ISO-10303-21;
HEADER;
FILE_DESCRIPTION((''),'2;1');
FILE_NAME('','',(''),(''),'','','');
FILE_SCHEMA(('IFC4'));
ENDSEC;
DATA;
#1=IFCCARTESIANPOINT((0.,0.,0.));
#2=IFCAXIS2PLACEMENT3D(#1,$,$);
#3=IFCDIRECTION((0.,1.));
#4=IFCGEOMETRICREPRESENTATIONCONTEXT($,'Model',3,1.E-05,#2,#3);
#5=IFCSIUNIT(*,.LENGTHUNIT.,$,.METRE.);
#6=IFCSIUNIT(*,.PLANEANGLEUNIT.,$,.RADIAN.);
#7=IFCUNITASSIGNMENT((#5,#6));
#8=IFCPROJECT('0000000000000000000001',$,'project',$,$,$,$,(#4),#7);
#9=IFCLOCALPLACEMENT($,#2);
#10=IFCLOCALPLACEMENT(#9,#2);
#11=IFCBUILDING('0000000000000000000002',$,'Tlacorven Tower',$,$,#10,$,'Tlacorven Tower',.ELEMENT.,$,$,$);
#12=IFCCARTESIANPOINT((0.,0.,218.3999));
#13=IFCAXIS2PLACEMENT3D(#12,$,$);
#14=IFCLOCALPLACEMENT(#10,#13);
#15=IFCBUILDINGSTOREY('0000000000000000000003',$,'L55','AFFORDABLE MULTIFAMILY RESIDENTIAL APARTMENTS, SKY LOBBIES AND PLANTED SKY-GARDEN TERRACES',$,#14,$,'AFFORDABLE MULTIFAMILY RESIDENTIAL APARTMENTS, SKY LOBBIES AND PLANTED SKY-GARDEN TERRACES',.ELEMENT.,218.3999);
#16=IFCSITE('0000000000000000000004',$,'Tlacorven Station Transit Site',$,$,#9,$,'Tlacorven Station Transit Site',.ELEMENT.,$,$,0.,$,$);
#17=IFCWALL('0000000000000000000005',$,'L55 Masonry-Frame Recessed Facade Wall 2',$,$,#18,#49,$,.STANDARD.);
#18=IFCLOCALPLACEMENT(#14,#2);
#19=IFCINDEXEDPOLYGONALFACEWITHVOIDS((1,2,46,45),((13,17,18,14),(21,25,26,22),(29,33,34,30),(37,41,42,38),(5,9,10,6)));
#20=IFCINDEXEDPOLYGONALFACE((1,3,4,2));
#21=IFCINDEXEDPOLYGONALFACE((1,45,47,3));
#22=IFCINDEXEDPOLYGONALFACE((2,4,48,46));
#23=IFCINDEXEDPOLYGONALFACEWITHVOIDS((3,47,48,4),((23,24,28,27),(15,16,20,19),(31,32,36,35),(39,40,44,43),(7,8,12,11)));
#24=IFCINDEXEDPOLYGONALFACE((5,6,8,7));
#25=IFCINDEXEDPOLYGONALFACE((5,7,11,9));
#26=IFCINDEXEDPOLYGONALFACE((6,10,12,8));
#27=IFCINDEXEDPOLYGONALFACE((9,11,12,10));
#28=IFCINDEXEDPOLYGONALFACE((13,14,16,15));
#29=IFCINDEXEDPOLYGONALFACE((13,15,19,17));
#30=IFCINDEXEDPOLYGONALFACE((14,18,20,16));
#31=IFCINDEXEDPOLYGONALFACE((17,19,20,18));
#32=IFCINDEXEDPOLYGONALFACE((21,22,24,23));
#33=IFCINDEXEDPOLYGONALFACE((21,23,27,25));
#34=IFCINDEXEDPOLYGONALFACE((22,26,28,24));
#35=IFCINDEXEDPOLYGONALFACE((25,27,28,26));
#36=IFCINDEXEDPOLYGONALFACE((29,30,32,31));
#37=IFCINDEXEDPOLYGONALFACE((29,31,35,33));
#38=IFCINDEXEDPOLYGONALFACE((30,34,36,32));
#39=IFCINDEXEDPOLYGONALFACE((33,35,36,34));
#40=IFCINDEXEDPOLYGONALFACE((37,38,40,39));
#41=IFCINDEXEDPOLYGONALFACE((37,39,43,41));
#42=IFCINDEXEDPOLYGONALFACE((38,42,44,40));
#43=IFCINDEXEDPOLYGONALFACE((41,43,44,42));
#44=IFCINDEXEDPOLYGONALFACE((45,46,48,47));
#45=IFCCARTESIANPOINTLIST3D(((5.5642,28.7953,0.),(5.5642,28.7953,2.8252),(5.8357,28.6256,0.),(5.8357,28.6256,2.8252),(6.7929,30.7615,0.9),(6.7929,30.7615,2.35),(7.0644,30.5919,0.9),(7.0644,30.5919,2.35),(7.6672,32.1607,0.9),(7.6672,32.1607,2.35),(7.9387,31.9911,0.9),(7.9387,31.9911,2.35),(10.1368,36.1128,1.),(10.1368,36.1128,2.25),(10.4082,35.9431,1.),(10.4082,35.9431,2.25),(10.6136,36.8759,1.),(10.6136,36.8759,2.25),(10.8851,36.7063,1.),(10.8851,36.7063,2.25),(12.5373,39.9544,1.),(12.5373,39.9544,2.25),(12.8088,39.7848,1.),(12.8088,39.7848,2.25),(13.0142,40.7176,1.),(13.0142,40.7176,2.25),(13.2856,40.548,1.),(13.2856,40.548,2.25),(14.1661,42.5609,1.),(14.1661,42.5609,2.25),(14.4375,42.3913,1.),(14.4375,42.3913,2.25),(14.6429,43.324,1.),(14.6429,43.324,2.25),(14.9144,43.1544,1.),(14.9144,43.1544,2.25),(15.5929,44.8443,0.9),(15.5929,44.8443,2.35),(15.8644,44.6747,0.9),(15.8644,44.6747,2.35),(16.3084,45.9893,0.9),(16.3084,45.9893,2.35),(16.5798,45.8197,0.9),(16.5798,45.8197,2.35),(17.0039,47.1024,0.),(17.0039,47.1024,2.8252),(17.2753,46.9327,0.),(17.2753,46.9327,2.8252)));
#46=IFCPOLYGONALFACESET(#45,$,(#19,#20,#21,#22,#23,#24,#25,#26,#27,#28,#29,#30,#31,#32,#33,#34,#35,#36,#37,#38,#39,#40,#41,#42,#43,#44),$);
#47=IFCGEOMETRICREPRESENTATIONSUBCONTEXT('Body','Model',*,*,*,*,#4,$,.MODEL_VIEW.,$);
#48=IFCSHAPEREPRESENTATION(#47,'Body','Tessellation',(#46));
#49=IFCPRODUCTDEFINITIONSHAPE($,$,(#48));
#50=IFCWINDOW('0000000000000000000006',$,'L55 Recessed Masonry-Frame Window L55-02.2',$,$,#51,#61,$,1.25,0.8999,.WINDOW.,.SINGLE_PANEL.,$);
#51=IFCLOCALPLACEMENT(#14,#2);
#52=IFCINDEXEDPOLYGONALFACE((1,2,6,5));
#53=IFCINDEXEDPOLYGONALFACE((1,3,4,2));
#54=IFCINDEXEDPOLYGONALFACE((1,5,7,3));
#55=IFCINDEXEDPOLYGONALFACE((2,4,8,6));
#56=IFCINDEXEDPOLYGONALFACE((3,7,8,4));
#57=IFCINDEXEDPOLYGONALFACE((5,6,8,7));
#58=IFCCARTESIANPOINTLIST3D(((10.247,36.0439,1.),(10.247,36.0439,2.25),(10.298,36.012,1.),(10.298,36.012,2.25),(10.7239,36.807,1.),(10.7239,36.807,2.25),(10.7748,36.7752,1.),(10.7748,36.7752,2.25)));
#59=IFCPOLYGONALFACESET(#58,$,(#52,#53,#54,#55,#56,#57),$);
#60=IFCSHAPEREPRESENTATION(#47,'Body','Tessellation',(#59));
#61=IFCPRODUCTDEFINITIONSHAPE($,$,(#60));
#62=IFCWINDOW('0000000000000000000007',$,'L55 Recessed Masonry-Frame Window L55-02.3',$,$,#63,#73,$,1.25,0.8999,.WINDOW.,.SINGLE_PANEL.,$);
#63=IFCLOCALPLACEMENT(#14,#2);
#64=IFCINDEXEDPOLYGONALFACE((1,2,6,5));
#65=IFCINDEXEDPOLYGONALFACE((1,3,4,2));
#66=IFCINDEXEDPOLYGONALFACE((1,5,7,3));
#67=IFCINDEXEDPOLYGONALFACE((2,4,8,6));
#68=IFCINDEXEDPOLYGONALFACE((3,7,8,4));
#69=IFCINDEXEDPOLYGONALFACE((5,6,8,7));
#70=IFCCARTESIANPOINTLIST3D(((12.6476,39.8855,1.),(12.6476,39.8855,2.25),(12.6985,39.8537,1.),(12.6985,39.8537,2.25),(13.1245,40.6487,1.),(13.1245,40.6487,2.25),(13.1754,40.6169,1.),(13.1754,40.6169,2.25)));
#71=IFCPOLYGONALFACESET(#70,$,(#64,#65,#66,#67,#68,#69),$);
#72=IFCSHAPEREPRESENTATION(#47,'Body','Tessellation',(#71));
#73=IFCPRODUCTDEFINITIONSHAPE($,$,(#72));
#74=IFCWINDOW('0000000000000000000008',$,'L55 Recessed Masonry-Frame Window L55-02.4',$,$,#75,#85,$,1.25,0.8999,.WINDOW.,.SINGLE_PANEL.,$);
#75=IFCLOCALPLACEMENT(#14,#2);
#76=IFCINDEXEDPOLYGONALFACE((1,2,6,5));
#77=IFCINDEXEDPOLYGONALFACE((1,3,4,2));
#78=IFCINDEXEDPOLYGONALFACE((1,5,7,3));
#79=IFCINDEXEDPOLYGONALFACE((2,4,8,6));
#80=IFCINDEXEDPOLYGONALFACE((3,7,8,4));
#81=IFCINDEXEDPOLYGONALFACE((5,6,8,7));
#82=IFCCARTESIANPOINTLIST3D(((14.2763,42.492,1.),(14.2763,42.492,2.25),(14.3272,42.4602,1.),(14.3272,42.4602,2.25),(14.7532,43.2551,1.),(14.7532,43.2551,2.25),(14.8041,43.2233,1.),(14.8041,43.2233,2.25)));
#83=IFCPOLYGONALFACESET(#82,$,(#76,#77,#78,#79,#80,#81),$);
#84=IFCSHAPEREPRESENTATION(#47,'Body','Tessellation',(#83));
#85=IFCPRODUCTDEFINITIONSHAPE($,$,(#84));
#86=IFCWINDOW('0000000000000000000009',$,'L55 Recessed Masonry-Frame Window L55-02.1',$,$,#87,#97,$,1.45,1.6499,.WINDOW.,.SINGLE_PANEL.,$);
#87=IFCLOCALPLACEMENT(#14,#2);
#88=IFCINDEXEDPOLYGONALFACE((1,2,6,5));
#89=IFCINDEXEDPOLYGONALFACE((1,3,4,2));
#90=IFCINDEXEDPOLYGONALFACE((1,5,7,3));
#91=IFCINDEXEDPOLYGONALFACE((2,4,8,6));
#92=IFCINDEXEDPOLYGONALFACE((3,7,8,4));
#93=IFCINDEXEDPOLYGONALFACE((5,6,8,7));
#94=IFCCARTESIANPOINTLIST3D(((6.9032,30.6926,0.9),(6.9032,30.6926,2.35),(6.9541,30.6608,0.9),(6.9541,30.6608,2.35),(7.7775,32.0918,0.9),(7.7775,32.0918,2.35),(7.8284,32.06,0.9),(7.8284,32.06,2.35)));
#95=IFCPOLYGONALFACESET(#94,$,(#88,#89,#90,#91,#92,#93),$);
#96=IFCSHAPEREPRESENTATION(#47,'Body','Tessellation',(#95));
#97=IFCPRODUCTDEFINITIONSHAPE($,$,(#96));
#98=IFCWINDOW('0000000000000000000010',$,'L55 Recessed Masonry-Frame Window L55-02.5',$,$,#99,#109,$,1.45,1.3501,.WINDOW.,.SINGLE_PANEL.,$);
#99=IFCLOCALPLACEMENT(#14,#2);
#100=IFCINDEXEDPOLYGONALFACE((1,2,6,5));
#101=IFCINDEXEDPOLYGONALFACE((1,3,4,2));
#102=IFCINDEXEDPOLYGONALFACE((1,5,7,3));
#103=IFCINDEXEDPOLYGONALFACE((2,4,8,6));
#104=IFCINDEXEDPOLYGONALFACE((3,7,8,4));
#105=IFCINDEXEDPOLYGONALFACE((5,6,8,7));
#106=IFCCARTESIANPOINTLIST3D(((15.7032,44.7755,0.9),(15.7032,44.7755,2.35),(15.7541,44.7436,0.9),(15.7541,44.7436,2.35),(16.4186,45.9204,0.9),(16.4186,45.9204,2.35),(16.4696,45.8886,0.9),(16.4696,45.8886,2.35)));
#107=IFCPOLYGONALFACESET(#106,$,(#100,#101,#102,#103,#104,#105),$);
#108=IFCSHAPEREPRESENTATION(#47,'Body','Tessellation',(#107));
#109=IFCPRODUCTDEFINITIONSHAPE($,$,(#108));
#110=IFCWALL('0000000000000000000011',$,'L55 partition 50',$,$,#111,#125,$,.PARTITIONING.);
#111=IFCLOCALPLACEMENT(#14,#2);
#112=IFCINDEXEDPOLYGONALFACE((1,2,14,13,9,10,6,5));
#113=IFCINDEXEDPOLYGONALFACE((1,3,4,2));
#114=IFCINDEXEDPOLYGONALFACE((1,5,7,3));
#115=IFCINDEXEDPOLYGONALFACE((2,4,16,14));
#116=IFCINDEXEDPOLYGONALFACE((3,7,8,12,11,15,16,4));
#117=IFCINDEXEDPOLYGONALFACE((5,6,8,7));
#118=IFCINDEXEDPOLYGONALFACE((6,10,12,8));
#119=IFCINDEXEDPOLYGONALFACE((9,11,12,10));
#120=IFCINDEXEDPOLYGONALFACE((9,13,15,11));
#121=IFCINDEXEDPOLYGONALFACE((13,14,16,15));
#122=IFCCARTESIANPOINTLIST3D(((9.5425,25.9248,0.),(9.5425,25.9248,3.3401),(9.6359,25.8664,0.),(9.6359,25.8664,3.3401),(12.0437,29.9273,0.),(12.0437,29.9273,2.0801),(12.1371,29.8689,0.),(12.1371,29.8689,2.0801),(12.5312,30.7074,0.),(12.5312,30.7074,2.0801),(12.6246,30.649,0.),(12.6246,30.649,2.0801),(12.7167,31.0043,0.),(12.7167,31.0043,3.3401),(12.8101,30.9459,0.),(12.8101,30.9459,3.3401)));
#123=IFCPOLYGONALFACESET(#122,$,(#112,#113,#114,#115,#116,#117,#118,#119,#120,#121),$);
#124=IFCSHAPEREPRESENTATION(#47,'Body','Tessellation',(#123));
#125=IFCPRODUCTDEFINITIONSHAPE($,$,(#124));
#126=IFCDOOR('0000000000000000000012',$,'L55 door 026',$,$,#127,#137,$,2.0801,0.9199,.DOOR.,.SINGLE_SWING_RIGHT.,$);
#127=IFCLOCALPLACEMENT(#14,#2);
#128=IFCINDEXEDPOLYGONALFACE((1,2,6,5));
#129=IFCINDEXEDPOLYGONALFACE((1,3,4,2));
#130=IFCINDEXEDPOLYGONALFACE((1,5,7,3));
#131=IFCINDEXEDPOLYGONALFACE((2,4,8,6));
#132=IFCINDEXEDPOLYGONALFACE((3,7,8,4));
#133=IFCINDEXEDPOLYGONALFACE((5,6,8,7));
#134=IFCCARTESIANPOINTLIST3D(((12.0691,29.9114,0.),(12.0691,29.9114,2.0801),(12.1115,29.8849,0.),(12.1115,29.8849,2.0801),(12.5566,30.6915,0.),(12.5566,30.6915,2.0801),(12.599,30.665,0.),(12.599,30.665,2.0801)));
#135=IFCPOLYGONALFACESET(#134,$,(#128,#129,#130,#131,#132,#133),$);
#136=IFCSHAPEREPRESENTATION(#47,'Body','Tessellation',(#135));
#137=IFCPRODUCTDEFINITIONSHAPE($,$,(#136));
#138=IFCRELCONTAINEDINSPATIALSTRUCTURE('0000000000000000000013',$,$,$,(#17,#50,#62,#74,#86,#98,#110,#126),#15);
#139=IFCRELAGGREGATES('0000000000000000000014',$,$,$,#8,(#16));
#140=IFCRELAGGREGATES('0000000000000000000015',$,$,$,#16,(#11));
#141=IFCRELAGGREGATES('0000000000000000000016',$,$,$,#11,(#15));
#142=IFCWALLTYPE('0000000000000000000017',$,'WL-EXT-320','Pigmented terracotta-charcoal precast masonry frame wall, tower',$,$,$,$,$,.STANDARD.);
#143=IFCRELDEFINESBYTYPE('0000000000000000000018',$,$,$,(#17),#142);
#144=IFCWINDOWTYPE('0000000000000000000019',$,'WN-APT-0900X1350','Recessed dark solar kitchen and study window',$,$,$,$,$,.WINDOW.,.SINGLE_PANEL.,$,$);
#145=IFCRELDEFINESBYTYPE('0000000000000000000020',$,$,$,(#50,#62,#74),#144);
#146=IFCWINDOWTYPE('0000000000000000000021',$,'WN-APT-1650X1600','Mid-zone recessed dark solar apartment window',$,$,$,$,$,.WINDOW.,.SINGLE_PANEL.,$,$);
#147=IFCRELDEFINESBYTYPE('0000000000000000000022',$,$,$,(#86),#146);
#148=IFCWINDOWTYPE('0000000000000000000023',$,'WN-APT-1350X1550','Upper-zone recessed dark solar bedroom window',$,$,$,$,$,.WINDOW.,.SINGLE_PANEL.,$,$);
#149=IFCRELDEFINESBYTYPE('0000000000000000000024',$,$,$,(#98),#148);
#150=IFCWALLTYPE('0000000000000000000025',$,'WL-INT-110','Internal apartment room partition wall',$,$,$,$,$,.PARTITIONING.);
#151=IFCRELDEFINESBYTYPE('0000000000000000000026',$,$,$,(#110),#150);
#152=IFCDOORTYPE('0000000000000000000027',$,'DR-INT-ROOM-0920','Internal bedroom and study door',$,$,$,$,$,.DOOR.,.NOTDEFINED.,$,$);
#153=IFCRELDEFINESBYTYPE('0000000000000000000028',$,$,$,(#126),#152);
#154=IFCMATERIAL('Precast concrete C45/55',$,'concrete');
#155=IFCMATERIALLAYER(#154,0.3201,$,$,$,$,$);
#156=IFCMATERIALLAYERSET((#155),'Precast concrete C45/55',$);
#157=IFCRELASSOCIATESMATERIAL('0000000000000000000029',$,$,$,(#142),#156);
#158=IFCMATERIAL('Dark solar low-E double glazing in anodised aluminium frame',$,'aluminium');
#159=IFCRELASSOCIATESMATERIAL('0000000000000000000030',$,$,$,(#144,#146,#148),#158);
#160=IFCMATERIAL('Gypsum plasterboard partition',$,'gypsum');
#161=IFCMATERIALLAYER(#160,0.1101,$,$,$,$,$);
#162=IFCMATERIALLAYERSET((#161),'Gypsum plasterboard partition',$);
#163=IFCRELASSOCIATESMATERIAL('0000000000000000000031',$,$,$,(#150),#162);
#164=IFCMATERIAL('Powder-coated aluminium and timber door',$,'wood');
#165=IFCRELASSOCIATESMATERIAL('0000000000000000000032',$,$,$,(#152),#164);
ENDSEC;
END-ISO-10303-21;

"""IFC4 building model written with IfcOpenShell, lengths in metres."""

from ifc_helpers import new_model, si_unit, direction, frame, frame_2d, origin, place, context, subcontext, project, spatial, rectangle, extrude, source, transform, mapped, material, layer, layer_set, type_object, element, fill, save


model = new_model("IFC4")

# Units and contexts
model_context = context("Model", 3, precision=1e-05, world=origin(), true_north=direction((0.0, 1.0)))
body_context = subcontext(model_context, "Body", "Model", "MODEL_VIEW")
ifc_project = project(units=[si_unit("LENGTHUNIT", "METRE"), si_unit("PLANEANGLEUNIT", "RADIAN")], contexts=[model_context])

# Site, building, storey
site_placement = place(None, origin())
site = spatial("IfcSite", under=ifc_project, at=site_placement, Name="Tlacorven Station Transit Site", LongName="Tlacorven Station Transit Site", CompositionType="ELEMENT", RefElevation=0.0)
building_placement = place(site_placement, origin())
building = spatial("IfcBuilding", under=site, at=building_placement, Name="Tlacorven Tower", LongName="Tlacorven Tower", CompositionType="ELEMENT")
storey_placement = place(building_placement, frame((0.0, 0.0, 218.3999)))
storey = spatial("IfcBuildingStorey", under=building, at=storey_placement, Name="L55", Description="AFFORDABLE MULTIFAMILY RESIDENTIAL APARTMENTS, SKY LOBBIES AND PLANTED SKY-GARDEN TERRACES", LongName="AFFORDABLE MULTIFAMILY RESIDENTIAL APARTMENTS, SKY LOBBIES AND PLANTED SKY-GARDEN TERRACES", CompositionType="ELEMENT", Elevation=218.3999)

# Wall, openings, windows
ifc_material_1 = material(Name="Precast concrete C45/55", Category="concrete")
ifc_layer_1 = layer(ifc_material_1, 0.3201)
ifc_layer_set_1 = layer_set([ifc_layer_1], Name="Precast concrete C45/55")
wall_type_1 = type_object("IfcWallType", Name="WL-EXT-320", Description="Pigmented terracotta-charcoal precast masonry frame wall, tower", PredefinedType="STANDARD", material=ifc_layer_set_1)
wall_1_placement = place(storey_placement, frame((5.7, 28.7104, 0.0), z_axis=(0.0, 0.0, 1.0), x_axis=(0.529924, 0.848045, 0.0)))
wall_1 = element("IfcWall", 1, at=wall_1_placement, inside=storey, type_object=wall_type_1, Name="L55 Masonry-Frame Recessed Facade Wall 2", PredefinedType="STANDARD", context=body_context, shape_type="SweptSolid", body=[
    extrude(rectangle(XDim=21.5874, YDim=0.3201, at=frame_2d((10.7937, 0.0))), origin(), (0.0, 0.0, 1.0), 2.8252),
])
opening_1_placement = place(wall_1_placement, frame((2.3186, 0.0, 0.8999)))
opening_1 = element("IfcOpeningElement", 2, at=opening_1_placement, cuts=wall_1, PredefinedType="OPENING", context=body_context, shape_type="SweptSolid", body=[
    extrude(rectangle(XDim=1.6499, YDim=1.45, at=frame_2d((0.825, 0.7251))), frame((0.0, 0.1699, 0.0), z_axis=(0.0, -1.0, 0.0), x_axis=(1.0, 0.0, 0.0)), (0.0, 0.0, 1.0), 0.3401),
])
opening_2_placement = place(wall_1_placement, frame((8.6287, 0.0, 1.0)))
opening_2 = element("IfcOpeningElement", 3, at=opening_2_placement, cuts=wall_1, PredefinedType="OPENING", context=body_context, shape_type="SweptSolid", body=[
    extrude(rectangle(XDim=0.8999, YDim=1.25, at=frame_2d((0.45, 0.625))), frame((0.0, 0.1699, 0.0), z_axis=(0.0, -1.0, 0.0), x_axis=(1.0, 0.0, 0.0)), (0.0, 0.0, 1.0), 0.3401),
])
opening_3_placement = place(wall_1_placement, frame((13.1587, 0.0, 1.0)))
opening_3 = element("IfcOpeningElement", 4, at=opening_3_placement, cuts=wall_1, PredefinedType="OPENING", context=body_context, shape_type="SweptSolid", body=[
    extrude(rectangle(XDim=0.8999, YDim=1.25, at=frame_2d((0.45, 0.625))), frame((0.0, 0.1699, 0.0), z_axis=(0.0, -1.0, 0.0), x_axis=(1.0, 0.0, 0.0)), (0.0, 0.0, 1.0), 0.3401),
])
opening_4_placement = place(wall_1_placement, frame((16.2322, 0.0, 1.0)))
opening_4 = element("IfcOpeningElement", 5, at=opening_4_placement, cuts=wall_1, PredefinedType="OPENING", context=body_context, shape_type="SweptSolid", body=[
    extrude(rectangle(XDim=0.8999, YDim=1.25, at=frame_2d((0.45, 0.625))), frame((0.0, 0.1699, 0.0), z_axis=(0.0, -1.0, 0.0), x_axis=(1.0, 0.0, 0.0)), (0.0, 0.0, 1.0), 0.3401),
])
opening_5_placement = place(wall_1_placement, frame((18.9248, 0.0, 0.8999)))
opening_5 = element("IfcOpeningElement", 6, at=opening_5_placement, cuts=wall_1, PredefinedType="OPENING", context=body_context, shape_type="SweptSolid", body=[
    extrude(rectangle(XDim=1.3501, YDim=1.45, at=frame_2d((0.675, 0.7251))), frame((0.0, 0.1699, 0.0), z_axis=(0.0, -1.0, 0.0), x_axis=(1.0, 0.0, 0.0)), (0.0, 0.0, 1.0), 0.3401),
])
ifc_material_2 = material(Name="Dark solar low-E double glazing in anodised aluminium frame", Category="aluminium")
window_type_1 = type_object("IfcWindowType", Name="WN-APT-0900X1350", Description="Recessed dark solar kitchen and study window", PartitioningType="SINGLE_PANEL", PredefinedType="WINDOW", material=ifc_material_2)
shared_shape_1 = source(origin(), body_context, "Body", "SweptSolid", [
    extrude(rectangle(XDim=0.8999, YDim=1.25, at=frame_2d((0.45, 0.625))), frame((0.0, 0.03, 0.0), z_axis=(0.0, -1.0, 0.0), x_axis=(1.0, 0.0, 0.0)), (0.0, 0.0, 1.0), 0.0601),
])
window_1_placement = place(opening_2_placement, origin())
window_1 = element("IfcWindow", 7, at=window_1_placement, inside=storey, type_object=window_type_1, Name="L55 Recessed Masonry-Frame Window L55-02.2", OverallHeight=1.25, OverallWidth=0.8999, PartitioningType="SINGLE_PANEL", PredefinedType="WINDOW", context=body_context, shape_type="MappedRepresentation", body=[
    mapped(shared_shape_1, transform((0.0, 0.0, 0.0), scale=1.0)),
])
fill(opening_2, window_1)
window_2_placement = place(opening_3_placement, origin())
window_2 = element("IfcWindow", 8, at=window_2_placement, inside=storey, type_object=window_type_1, Name="L55 Recessed Masonry-Frame Window L55-02.3", OverallHeight=1.25, OverallWidth=0.8999, PartitioningType="SINGLE_PANEL", PredefinedType="WINDOW", context=body_context, shape_type="MappedRepresentation", body=[
    mapped(shared_shape_1, transform((0.0, 0.0, 0.0), scale=1.0)),
])
fill(opening_3, window_2)
window_3_placement = place(opening_4_placement, origin())
window_3 = element("IfcWindow", 9, at=window_3_placement, inside=storey, type_object=window_type_1, Name="L55 Recessed Masonry-Frame Window L55-02.4", OverallHeight=1.25, OverallWidth=0.8999, PartitioningType="SINGLE_PANEL", PredefinedType="WINDOW", context=body_context, shape_type="MappedRepresentation", body=[
    mapped(shared_shape_1, transform((0.0, 0.0, 0.0), scale=1.0)),
])
fill(opening_4, window_3)
window_type_2 = type_object("IfcWindowType", Name="WN-APT-1650X1600", Description="Mid-zone recessed dark solar apartment window", PartitioningType="SINGLE_PANEL", PredefinedType="WINDOW", material=ifc_material_2)
shared_shape_2 = source(origin(), body_context, "Body", "SweptSolid", [
    extrude(rectangle(XDim=1.6499, YDim=1.45, at=frame_2d((0.825, 0.7251))), frame((0.0, 0.03, 0.0), z_axis=(0.0, -1.0, 0.0), x_axis=(1.0, 0.0, 0.0)), (0.0, 0.0, 1.0), 0.0601),
])
window_4_placement = place(opening_1_placement, origin())
window_4 = element("IfcWindow", 10, at=window_4_placement, inside=storey, type_object=window_type_2, Name="L55 Recessed Masonry-Frame Window L55-02.1", OverallHeight=1.45, OverallWidth=1.6499, PartitioningType="SINGLE_PANEL", PredefinedType="WINDOW", context=body_context, shape_type="MappedRepresentation", body=[
    mapped(shared_shape_2, transform((0.0, 0.0, 0.0), scale=1.0)),
])
fill(opening_1, window_4)
window_type_3 = type_object("IfcWindowType", Name="WN-APT-1350X1550", Description="Upper-zone recessed dark solar bedroom window", PartitioningType="SINGLE_PANEL", PredefinedType="WINDOW", material=ifc_material_2)
shared_shape_3 = source(origin(), body_context, "Body", "SweptSolid", [
    extrude(rectangle(XDim=1.3501, YDim=1.45, at=frame_2d((0.675, 0.7251))), frame((0.0, 0.03, 0.0), z_axis=(0.0, -1.0, 0.0), x_axis=(1.0, 0.0, 0.0)), (0.0, 0.0, 1.0), 0.0601),
])
window_5_placement = place(opening_5_placement, origin())
window_5 = element("IfcWindow", 11, at=window_5_placement, inside=storey, type_object=window_type_3, Name="L55 Recessed Masonry-Frame Window L55-02.5", OverallHeight=1.45, OverallWidth=1.3501, PartitioningType="SINGLE_PANEL", PredefinedType="WINDOW", context=body_context, shape_type="MappedRepresentation", body=[
    mapped(shared_shape_3, transform((0.0, 0.0, 0.0), scale=1.0)),
])
fill(opening_5, window_5)

# Wall, opening, door
ifc_material_3 = material(Name="Gypsum plasterboard partition", Category="gypsum")
ifc_layer_2 = layer(ifc_material_3, 0.1101)
ifc_layer_set_2 = layer_set([ifc_layer_2], Name="Gypsum plasterboard partition")
wall_type_2 = type_object("IfcWallType", Name="WL-INT-110", Description="Internal apartment room partition wall", PredefinedType="PARTITIONING", material=ifc_layer_set_2)
wall_2_placement = place(storey_placement, frame((12.7634, 30.9751, 0.0), z_axis=(0.0, 0.0, 1.0), x_axis=(-0.529948, -0.84803, 0.0)))
wall_2 = element("IfcWall", 12, at=wall_2_placement, inside=storey, type_object=wall_type_2, Name="L55 partition 50", PredefinedType="PARTITIONING", context=body_context, shape_type="SweptSolid", body=[
    extrude(rectangle(XDim=5.9897, YDim=0.1101, at=frame_2d((2.9949, 0.0))), origin(), (0.0, 0.0, 1.0), 3.3401),
])
opening_6_placement = place(wall_2_placement, frame((0.3501, 0.0, 0.0)))
opening_6 = element("IfcOpeningElement", 13, at=opening_6_placement, cuts=wall_2, PredefinedType="OPENING", context=body_context, shape_type="SweptSolid", body=[
    extrude(rectangle(XDim=0.9199, YDim=2.0801, at=frame_2d((0.46, 1.04))), frame((0.0, 0.0649, 0.0), z_axis=(0.0, -1.0, 0.0), x_axis=(1.0, 0.0, 0.0)), (0.0, 0.0, 1.0), 0.1301),
])
ifc_material_4 = material(Name="Powder-coated aluminium and timber door", Category="wood")
door_type_1 = type_object("IfcDoorType", Name="DR-INT-ROOM-0920", Description="Internal bedroom and study door", OperationType="NOTDEFINED", PredefinedType="DOOR", material=ifc_material_4)
shared_shape_4 = source(origin(), body_context, "Body", "SweptSolid", [
    extrude(rectangle(XDim=0.9199, YDim=2.0801, at=frame_2d((0.46, 1.04))), frame((0.0, 0.0249, 0.0), z_axis=(0.0, -1.0, 0.0), x_axis=(1.0, 0.0, 0.0)), (0.0, 0.0, 1.0), 0.05),
])
door_1_placement = place(opening_6_placement, origin())
door_1 = element("IfcDoor", 14, at=door_1_placement, inside=storey, type_object=door_type_1, Name="L55 door 026", OperationType="SINGLE_SWING_RIGHT", OverallHeight=2.0801, OverallWidth=0.9199, PredefinedType="DOOR", context=body_context, shape_type="MappedRepresentation", body=[
    mapped(shared_shape_4, transform((0.0, 0.0, 0.0), scale=1.0)),
])
fill(opening_6, door_1)

save(model, "model.ifc")
